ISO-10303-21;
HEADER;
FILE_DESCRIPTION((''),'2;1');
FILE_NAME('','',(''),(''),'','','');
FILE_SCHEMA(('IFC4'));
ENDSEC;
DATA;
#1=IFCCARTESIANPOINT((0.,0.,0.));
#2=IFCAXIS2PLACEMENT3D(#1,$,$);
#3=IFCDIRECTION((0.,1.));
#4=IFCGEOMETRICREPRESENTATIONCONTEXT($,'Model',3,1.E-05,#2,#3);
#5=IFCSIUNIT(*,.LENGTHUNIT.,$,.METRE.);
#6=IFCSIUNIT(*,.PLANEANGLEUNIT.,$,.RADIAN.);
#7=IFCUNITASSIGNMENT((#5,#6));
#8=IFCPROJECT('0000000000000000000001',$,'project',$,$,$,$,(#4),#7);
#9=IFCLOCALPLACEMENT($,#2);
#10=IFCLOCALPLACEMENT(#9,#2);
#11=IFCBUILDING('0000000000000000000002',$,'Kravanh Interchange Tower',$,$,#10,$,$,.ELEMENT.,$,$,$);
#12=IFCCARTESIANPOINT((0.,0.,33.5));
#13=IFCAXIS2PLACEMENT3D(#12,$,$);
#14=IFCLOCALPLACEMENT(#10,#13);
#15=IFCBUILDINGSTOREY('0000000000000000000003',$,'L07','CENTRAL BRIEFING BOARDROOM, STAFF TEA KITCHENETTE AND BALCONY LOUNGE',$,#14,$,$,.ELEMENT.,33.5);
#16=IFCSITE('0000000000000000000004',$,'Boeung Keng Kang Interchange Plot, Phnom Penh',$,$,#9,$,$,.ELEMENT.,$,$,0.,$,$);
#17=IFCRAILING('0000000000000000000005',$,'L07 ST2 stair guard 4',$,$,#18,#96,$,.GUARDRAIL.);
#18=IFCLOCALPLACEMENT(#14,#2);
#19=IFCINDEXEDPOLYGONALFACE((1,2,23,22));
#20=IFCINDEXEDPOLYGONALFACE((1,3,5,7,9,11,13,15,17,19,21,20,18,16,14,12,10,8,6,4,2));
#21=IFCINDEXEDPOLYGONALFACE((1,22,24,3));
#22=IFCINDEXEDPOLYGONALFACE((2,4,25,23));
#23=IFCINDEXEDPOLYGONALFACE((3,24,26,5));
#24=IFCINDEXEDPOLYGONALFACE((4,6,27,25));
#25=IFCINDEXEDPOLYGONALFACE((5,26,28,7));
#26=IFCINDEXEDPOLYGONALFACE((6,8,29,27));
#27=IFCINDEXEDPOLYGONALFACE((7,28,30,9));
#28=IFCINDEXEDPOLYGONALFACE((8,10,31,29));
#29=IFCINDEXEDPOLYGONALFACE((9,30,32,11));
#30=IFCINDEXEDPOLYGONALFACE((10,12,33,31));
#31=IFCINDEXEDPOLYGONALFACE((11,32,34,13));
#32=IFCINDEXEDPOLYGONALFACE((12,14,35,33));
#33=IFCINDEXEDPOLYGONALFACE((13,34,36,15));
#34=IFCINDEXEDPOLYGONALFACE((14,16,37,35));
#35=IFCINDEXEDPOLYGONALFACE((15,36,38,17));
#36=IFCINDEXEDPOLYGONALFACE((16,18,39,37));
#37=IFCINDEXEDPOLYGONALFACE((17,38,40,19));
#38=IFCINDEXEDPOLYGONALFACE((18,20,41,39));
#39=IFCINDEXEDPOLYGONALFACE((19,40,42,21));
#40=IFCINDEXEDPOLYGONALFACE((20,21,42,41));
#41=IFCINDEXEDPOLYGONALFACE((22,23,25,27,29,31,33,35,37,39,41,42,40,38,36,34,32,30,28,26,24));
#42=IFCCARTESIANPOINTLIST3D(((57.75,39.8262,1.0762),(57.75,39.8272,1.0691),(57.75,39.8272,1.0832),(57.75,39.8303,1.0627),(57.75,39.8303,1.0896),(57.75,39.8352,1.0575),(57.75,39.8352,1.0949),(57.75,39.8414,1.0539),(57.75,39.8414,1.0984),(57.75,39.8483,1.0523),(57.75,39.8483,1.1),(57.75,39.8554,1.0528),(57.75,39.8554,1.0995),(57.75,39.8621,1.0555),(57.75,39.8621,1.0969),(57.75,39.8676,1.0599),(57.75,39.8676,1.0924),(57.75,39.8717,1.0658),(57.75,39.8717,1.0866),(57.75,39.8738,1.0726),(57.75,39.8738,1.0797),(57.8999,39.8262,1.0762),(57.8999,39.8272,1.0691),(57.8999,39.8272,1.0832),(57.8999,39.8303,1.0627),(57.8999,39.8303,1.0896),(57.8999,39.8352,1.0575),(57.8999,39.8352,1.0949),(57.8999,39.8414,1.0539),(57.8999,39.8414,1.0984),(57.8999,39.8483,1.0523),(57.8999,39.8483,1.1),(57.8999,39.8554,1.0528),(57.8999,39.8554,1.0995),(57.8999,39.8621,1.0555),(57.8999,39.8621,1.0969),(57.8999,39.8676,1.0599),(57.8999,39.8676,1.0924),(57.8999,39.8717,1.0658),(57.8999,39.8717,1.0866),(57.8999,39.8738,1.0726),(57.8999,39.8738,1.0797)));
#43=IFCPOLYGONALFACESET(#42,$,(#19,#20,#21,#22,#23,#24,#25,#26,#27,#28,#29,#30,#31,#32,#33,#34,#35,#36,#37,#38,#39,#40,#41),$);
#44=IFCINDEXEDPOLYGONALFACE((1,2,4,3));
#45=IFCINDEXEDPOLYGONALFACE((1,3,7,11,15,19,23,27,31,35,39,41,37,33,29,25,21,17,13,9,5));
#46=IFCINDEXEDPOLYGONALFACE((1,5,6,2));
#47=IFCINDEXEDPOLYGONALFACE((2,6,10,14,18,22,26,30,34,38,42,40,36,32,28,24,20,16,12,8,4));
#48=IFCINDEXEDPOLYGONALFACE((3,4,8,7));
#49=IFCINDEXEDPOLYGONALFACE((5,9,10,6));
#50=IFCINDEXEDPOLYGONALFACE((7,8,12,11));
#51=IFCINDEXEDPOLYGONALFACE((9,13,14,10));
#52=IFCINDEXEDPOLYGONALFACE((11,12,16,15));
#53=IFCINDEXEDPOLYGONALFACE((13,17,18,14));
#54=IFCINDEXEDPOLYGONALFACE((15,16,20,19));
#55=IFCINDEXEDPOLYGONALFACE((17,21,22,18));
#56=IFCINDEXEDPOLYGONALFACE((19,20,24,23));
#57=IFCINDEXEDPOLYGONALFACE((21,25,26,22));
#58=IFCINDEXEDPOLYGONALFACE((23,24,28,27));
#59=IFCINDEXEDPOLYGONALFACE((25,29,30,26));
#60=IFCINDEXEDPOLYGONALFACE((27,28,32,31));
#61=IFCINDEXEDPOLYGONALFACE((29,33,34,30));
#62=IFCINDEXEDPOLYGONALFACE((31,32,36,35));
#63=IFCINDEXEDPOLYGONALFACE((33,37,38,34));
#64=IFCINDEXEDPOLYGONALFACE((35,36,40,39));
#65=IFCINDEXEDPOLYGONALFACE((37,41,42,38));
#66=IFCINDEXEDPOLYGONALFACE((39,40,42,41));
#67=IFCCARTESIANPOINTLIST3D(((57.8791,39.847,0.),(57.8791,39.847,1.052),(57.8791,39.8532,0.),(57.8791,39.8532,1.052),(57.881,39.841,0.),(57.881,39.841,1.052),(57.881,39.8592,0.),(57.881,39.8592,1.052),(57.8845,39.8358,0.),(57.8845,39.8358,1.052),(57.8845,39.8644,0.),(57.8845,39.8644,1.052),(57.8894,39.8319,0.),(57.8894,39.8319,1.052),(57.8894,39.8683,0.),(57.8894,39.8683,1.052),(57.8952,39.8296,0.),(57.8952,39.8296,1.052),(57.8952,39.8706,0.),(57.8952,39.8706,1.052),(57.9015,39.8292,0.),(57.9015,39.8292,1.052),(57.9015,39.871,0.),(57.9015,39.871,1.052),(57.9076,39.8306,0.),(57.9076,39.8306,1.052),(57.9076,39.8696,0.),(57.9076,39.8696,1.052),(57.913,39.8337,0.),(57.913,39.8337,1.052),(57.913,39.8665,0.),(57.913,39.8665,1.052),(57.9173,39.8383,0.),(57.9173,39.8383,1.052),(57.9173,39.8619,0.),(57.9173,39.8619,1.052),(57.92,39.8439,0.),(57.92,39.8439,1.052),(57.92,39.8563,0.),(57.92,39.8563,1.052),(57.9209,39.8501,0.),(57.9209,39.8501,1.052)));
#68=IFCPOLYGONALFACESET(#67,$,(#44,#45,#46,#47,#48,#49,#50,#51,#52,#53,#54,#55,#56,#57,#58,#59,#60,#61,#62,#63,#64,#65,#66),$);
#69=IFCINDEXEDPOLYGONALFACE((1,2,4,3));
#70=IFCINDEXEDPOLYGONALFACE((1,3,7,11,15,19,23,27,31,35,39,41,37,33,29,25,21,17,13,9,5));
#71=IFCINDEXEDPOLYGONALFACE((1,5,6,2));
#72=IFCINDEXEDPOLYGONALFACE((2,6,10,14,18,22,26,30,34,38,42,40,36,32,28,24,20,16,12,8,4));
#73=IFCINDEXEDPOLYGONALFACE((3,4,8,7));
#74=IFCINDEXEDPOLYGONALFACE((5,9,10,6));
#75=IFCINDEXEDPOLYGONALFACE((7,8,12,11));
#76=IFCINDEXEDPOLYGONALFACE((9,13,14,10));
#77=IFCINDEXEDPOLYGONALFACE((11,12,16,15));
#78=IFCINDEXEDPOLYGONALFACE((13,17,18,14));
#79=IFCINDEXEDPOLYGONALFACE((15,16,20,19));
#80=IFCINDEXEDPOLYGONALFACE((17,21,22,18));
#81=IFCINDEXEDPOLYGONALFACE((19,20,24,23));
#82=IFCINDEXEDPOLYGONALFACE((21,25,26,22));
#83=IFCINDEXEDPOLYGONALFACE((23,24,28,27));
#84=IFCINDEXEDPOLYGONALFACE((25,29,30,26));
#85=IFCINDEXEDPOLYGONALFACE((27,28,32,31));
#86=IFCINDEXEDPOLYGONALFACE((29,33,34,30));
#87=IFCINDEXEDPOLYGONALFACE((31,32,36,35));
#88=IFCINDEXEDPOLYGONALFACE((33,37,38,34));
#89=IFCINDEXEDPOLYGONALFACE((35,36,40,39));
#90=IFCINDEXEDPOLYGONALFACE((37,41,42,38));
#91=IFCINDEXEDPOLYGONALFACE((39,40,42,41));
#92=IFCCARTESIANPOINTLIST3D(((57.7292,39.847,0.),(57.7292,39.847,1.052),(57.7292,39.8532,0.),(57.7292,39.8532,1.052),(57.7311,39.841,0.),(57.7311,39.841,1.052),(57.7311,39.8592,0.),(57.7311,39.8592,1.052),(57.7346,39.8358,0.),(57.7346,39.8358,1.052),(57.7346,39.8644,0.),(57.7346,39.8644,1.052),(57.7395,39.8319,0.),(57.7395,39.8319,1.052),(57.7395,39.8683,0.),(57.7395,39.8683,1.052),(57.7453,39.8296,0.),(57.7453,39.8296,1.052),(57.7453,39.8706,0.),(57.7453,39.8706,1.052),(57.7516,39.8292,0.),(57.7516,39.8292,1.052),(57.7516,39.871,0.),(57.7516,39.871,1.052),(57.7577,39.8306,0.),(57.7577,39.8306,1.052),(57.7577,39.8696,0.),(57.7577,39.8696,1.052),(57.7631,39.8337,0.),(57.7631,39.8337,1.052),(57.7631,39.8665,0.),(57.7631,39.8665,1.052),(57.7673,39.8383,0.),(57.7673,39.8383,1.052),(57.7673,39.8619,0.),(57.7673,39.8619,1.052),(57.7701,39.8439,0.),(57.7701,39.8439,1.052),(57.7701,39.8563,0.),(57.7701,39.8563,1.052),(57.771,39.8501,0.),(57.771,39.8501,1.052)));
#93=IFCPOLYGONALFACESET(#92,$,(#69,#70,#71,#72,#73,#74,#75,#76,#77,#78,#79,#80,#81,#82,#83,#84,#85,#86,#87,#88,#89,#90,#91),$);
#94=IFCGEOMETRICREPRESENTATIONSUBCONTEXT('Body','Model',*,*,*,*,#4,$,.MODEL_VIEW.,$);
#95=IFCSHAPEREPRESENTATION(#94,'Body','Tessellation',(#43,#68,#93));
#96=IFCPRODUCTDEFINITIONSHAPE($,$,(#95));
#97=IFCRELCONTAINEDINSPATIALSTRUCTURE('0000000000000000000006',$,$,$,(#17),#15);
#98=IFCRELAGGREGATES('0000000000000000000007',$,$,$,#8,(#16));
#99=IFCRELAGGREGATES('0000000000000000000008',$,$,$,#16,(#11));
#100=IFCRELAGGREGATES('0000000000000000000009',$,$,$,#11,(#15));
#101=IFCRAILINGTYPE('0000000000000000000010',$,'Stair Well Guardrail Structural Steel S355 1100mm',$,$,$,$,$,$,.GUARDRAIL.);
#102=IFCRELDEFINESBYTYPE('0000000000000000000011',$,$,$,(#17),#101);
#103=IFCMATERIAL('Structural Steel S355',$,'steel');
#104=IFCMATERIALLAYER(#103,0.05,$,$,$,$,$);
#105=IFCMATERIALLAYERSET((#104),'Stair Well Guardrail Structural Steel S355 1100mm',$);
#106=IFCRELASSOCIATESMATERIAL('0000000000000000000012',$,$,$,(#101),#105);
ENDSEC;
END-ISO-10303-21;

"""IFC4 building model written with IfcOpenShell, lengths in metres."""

from ifc_helpers import new_model, si_unit, direction, frame, origin, origin_2d, place, context, subcontext, project, spatial, circle, extrude, material, layer, layer_set, type_object, element, save


model = new_model("IFC4")

# Units and contexts
model_context = context("Model", 3, precision=1e-05, world=origin(), true_north=direction((0.0, 1.0)))
body_context = subcontext(model_context, "Body", "Model", "MODEL_VIEW")
ifc_project = project(units=[si_unit("LENGTHUNIT", "METRE"), si_unit("PLANEANGLEUNIT", "RADIAN")], contexts=[model_context])

# Site, building, storey
site_placement = place(None, origin())
site = spatial("IfcSite", under=ifc_project, at=site_placement, Name="Boeung Keng Kang Interchange Plot, Phnom Penh", CompositionType="ELEMENT", RefElevation=0.0)
building_placement = place(site_placement, origin())
building = spatial("IfcBuilding", under=site, at=building_placement, Name="Kravanh Interchange Tower", CompositionType="ELEMENT")
storey_placement = place(building_placement, frame((0.0, 0.0, 33.5)))
storey = spatial("IfcBuildingStorey", under=building, at=storey_placement, Name="L07", Description="CENTRAL BRIEFING BOARDROOM, STAFF TEA KITCHENETTE AND BALCONY LOUNGE", CompositionType="ELEMENT", Elevation=33.5)

# Railing
ifc_material_1 = material(Name="Structural Steel S355", Category="steel")
ifc_layer_1 = layer(ifc_material_1, 0.05)
ifc_layer_set_1 = layer_set([ifc_layer_1], Name="Stair Well Guardrail Structural Steel S355 1100mm")
railing_type_1 = type_object("IfcRailingType", Name="Stair Well Guardrail Structural Steel S355 1100mm", PredefinedType="GUARDRAIL", material=ifc_layer_set_1)
railing_1_placement = place(storey_placement, frame((57.8999, 39.8501, 0.0)))
element("IfcRailing", 1, at=railing_1_placement, inside=storey, type_object=railing_type_1, Name="L07 ST2 stair guard 4", PredefinedType="GUARDRAIL", context=body_context, shape_type="SweptSolid", body=[
    extrude(circle(Radius=0.0239, at=origin_2d()), frame((0.0, 0.0, 1.0762), z_axis=(-1.0, 0.0, 0.0), x_axis=(0.0, -1.0, 0.0)), (0.0, 0.0, 1.0), 0.1499),
    extrude(circle(Radius=0.021, at=origin_2d()), origin(), (0.0, 0.0, 1.0), 1.052),
    extrude(circle(Radius=0.021, at=origin_2d()), frame((-0.1499, 0.0, 0.0)), (0.0, 0.0, 1.0), 1.052),
])

save(model, "model.ifc")
